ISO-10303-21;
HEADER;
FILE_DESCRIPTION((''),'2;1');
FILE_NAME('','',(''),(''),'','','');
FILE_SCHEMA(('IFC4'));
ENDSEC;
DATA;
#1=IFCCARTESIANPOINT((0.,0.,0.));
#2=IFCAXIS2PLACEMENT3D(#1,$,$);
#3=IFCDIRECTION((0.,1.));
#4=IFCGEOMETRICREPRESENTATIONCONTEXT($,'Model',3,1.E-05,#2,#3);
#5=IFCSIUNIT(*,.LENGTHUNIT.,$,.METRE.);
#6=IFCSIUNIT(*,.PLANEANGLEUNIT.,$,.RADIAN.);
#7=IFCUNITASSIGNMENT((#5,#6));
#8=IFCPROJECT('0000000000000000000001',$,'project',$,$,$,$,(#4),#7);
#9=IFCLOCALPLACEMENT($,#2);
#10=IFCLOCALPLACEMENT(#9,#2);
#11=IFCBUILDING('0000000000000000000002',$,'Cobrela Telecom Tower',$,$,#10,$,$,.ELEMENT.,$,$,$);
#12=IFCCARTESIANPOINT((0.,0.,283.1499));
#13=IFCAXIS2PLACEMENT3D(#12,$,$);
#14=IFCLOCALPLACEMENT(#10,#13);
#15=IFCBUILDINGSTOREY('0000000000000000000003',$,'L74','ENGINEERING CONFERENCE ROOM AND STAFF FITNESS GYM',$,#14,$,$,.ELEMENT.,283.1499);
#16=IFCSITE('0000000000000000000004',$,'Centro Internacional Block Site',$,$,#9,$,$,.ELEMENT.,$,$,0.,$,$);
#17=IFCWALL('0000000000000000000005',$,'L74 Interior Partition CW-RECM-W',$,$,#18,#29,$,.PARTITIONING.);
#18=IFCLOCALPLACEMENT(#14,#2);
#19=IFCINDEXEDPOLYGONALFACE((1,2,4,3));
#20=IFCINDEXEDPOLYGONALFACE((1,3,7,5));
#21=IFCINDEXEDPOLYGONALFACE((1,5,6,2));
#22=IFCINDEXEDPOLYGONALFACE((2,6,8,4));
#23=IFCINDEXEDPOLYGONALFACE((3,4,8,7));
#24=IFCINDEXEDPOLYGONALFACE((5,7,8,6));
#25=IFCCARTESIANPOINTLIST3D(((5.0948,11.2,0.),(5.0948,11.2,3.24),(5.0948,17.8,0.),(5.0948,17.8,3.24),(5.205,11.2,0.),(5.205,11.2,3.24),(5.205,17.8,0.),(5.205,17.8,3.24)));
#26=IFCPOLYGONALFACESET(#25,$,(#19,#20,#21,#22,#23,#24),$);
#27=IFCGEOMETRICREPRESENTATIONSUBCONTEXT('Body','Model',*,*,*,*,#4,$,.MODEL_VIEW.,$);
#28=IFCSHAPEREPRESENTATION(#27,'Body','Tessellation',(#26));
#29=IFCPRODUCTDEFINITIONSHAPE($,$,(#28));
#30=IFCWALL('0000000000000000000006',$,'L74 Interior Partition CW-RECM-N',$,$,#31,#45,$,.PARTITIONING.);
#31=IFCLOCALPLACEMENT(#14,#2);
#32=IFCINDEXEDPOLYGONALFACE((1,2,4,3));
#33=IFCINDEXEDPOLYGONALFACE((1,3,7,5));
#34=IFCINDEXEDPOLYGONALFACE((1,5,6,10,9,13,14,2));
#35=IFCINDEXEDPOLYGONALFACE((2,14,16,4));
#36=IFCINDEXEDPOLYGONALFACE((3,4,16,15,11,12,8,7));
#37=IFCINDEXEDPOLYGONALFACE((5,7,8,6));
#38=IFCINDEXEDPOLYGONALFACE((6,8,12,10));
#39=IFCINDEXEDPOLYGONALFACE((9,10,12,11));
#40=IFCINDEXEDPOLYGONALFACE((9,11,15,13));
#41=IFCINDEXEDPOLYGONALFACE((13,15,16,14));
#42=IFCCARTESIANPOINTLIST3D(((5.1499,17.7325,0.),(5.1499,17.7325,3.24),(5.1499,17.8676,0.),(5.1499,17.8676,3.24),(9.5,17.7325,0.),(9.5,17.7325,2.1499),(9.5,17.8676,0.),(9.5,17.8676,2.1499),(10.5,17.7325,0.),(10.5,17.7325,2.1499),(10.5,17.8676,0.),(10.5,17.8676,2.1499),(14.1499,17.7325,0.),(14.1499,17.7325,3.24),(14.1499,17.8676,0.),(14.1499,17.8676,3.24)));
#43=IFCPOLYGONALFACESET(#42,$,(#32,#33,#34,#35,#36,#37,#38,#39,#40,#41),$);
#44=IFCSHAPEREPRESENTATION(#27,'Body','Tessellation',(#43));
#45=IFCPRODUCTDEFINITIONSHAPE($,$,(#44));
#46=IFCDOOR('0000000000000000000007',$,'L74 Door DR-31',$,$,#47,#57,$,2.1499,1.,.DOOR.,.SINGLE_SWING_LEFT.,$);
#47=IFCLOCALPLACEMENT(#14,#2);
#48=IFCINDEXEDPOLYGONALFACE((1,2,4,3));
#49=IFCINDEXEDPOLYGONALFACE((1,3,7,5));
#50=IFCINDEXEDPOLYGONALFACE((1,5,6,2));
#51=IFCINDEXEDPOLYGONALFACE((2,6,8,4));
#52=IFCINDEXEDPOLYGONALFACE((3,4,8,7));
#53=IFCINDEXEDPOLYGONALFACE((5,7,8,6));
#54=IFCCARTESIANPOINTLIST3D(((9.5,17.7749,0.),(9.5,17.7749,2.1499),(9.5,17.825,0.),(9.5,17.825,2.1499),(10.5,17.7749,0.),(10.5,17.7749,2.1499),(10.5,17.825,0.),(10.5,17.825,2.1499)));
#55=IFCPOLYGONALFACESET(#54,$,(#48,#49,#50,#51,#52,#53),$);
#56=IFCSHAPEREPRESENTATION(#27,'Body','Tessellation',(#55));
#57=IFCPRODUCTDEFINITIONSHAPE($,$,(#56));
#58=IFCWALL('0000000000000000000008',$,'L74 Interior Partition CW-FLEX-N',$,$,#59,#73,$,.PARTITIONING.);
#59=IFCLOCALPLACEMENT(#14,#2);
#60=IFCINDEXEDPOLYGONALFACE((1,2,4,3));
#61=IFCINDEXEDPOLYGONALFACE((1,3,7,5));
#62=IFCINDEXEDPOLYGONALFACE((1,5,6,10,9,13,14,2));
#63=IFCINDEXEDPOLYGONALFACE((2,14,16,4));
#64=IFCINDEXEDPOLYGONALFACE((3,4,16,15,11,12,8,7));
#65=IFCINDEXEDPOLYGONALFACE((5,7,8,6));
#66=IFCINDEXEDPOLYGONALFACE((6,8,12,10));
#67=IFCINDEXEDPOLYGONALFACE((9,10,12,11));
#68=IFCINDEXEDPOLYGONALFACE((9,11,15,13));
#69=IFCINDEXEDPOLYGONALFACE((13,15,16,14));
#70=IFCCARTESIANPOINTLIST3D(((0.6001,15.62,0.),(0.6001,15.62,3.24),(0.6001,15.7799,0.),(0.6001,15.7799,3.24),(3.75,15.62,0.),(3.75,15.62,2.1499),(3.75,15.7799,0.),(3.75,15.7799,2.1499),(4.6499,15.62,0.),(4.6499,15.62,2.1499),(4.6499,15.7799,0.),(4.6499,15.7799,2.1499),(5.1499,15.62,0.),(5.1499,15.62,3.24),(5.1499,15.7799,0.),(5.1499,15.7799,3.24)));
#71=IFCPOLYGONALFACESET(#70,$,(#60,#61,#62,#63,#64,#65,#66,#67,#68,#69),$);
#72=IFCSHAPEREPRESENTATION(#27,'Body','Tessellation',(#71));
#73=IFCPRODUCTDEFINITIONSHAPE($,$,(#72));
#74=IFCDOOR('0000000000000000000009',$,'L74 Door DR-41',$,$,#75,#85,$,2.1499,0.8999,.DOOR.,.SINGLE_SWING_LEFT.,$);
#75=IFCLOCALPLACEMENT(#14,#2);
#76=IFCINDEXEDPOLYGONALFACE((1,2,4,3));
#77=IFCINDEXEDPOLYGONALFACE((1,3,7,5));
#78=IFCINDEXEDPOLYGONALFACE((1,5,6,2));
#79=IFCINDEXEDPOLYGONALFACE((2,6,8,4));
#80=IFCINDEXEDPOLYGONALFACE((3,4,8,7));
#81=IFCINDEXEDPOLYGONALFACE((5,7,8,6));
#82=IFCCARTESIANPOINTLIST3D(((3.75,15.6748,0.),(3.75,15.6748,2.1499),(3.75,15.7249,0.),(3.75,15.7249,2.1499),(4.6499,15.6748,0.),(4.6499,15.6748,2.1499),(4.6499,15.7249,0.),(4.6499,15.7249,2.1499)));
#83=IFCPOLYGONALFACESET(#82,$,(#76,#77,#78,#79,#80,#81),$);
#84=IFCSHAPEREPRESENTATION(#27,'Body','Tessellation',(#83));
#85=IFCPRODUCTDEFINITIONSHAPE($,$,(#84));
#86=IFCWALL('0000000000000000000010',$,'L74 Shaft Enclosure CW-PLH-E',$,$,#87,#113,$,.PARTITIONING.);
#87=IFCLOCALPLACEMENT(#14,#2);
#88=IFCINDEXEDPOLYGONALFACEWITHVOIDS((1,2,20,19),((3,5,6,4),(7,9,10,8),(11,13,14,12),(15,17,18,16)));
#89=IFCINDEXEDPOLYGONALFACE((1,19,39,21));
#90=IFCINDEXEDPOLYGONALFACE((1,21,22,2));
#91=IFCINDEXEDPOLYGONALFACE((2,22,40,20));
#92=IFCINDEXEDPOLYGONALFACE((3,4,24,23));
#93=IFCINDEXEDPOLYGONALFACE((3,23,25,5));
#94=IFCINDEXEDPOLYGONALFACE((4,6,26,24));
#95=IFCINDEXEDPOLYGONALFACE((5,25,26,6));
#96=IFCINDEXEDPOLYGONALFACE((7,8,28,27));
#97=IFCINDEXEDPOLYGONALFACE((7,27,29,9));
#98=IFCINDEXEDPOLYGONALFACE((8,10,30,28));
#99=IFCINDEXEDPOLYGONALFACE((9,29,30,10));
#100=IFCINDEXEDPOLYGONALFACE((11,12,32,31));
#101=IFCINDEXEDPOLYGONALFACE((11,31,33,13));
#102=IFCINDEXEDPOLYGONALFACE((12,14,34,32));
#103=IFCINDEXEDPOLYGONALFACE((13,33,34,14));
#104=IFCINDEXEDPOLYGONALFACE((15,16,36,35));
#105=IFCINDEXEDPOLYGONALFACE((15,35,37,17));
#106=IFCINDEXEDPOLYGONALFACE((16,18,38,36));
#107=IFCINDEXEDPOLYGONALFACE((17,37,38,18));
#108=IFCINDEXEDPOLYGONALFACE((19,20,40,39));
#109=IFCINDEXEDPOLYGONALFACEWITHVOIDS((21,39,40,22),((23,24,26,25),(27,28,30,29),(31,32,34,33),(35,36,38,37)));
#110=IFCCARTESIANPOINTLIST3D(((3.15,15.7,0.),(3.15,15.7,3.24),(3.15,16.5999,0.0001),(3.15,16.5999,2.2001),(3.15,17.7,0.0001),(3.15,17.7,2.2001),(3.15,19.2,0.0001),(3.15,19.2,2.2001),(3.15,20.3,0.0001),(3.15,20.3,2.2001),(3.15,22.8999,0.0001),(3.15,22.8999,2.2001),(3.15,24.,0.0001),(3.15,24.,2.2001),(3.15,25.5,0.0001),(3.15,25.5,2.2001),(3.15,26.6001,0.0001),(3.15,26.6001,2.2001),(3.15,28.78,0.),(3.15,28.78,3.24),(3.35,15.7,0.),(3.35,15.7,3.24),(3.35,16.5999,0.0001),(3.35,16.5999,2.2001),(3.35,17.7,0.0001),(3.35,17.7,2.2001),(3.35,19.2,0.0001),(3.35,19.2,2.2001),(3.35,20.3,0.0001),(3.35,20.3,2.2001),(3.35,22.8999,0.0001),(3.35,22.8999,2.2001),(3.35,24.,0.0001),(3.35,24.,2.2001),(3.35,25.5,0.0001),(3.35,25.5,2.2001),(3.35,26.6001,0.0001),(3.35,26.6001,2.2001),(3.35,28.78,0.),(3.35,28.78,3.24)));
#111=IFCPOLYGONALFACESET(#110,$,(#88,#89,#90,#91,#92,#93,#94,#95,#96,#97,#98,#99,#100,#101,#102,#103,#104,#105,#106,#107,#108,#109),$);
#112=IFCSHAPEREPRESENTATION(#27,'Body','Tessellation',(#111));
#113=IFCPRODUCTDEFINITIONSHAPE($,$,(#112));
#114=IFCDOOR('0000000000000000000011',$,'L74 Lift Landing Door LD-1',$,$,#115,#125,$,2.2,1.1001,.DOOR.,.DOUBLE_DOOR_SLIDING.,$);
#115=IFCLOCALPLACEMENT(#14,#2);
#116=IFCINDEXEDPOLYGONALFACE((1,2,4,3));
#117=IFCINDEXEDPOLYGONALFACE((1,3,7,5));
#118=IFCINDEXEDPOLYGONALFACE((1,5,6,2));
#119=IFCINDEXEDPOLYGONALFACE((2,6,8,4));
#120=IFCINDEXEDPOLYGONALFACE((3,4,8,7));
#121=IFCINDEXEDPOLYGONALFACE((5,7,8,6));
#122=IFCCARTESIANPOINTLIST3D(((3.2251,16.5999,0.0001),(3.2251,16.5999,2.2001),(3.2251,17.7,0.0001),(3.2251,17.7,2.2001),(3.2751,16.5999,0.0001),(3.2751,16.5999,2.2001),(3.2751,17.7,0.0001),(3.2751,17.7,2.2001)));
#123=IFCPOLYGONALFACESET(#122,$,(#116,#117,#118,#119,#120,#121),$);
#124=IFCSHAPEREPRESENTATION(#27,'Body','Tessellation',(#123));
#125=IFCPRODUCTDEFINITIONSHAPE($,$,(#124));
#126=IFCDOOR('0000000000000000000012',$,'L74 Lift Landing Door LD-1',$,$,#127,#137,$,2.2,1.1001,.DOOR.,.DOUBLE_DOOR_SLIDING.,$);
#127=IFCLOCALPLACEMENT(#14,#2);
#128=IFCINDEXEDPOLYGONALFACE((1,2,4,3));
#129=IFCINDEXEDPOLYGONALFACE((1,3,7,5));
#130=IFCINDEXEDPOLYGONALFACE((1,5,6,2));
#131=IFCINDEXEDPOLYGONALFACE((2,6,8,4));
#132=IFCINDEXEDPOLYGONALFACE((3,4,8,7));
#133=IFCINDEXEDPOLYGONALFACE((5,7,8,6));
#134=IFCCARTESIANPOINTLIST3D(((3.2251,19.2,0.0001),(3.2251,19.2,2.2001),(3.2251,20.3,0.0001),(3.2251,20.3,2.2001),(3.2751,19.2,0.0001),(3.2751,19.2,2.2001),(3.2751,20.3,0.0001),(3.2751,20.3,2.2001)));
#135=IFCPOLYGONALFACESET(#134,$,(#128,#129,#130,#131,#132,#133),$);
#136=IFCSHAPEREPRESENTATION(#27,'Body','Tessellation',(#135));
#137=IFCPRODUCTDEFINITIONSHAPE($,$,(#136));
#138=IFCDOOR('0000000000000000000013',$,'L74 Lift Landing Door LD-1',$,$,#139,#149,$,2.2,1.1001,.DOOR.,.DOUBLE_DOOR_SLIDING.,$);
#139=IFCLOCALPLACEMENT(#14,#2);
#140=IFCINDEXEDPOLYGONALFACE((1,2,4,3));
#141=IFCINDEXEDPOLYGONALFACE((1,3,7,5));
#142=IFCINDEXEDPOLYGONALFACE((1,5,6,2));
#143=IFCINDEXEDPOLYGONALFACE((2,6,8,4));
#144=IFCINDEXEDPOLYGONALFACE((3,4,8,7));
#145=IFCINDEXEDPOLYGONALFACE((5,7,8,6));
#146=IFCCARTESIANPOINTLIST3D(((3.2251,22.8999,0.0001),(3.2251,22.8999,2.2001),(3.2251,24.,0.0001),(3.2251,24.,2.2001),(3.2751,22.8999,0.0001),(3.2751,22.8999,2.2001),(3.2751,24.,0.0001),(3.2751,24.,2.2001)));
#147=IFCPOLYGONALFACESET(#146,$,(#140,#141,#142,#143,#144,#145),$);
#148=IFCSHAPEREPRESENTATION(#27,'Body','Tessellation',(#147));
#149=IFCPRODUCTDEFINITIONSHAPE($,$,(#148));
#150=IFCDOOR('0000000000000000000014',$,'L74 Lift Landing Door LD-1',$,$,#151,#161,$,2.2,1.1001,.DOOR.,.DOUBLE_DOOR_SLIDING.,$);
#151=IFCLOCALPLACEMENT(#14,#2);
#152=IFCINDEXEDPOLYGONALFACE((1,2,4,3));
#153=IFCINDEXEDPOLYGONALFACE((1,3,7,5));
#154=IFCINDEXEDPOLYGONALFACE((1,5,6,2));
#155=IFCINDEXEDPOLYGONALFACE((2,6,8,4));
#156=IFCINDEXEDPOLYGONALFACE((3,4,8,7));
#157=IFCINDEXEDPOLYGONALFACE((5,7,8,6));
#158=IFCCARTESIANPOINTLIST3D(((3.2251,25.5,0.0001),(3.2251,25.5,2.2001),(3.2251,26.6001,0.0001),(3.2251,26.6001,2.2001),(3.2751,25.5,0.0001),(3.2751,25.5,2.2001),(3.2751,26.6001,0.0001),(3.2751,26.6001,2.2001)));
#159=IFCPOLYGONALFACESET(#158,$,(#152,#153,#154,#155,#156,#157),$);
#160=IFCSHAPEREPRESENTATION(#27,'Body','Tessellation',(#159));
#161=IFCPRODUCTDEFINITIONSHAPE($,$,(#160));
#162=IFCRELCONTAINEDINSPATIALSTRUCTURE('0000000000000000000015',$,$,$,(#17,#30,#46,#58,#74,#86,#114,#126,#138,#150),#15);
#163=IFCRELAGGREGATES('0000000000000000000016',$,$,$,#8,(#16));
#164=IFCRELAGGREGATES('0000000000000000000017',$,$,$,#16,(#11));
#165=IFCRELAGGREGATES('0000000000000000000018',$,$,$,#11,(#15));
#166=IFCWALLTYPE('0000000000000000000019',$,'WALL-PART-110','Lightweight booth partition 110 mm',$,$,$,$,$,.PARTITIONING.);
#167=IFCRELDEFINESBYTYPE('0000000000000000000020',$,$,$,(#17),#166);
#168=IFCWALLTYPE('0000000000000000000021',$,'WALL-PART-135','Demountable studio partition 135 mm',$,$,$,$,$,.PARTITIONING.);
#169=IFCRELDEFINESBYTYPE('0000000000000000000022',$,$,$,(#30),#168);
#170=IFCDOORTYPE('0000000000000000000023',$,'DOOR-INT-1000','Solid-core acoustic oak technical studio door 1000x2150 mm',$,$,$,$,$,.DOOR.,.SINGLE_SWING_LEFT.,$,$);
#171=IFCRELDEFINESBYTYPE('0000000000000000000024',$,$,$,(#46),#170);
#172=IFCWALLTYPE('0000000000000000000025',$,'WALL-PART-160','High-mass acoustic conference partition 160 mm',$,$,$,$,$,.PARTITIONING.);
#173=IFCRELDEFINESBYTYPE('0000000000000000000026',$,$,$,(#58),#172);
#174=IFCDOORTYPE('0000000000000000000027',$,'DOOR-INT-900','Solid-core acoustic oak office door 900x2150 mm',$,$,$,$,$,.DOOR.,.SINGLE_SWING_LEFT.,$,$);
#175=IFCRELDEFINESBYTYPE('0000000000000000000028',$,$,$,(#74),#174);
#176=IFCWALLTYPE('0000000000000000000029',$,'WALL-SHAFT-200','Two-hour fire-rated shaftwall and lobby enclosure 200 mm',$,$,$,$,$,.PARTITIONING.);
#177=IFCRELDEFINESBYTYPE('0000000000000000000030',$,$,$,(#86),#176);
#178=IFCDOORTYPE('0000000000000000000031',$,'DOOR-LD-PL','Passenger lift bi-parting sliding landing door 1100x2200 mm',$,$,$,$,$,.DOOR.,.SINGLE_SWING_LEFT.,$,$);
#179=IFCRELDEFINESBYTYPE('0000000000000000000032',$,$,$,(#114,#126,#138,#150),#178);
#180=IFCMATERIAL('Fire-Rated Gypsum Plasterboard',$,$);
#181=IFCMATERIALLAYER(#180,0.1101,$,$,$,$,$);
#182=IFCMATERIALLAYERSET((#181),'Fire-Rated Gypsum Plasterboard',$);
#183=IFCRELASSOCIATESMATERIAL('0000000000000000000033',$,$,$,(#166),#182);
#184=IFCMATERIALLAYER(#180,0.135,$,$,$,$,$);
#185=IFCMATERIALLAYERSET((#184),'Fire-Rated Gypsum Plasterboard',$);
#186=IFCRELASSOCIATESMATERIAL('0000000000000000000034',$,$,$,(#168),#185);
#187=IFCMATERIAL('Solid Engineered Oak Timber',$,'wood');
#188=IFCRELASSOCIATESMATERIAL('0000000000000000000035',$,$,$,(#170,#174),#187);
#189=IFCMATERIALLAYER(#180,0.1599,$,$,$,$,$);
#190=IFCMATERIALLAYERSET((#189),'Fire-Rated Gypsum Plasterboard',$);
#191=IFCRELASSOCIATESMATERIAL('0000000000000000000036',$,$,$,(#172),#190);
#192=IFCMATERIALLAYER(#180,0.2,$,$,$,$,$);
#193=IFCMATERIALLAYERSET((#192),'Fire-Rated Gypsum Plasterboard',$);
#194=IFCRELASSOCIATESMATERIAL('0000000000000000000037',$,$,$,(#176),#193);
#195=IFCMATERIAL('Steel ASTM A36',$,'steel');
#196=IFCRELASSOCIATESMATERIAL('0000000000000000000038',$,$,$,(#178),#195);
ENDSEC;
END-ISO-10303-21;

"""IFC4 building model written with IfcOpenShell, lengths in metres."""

from ifc_helpers import new_model, si_unit, direction, frame, frame_2d, origin, place, context, subcontext, project, spatial, rectangle, extrude, material, layer, layer_set, type_object, element, fill, save


model = new_model("IFC4")

# Units and contexts
model_context = context("Model", 3, precision=1e-05, world=origin(), true_north=direction((0.0, 1.0)))
body_context = subcontext(model_context, "Body", "Model", "MODEL_VIEW")
ifc_project = project(units=[si_unit("LENGTHUNIT", "METRE"), si_unit("PLANEANGLEUNIT", "RADIAN")], contexts=[model_context])

# Site, building, storey
site_placement = place(None, origin())
site = spatial("IfcSite", under=ifc_project, at=site_placement, Name="Centro Internacional Block Site", CompositionType="ELEMENT", RefElevation=0.0)
building_placement = place(site_placement, origin())
building = spatial("IfcBuilding", under=site, at=building_placement, Name="Cobrela Telecom Tower", CompositionType="ELEMENT")
storey_placement = place(building_placement, frame((0.0, 0.0, 283.1499)))
storey = spatial("IfcBuildingStorey", under=building, at=storey_placement, Name="L74", Description="ENGINEERING CONFERENCE ROOM AND STAFF FITNESS GYM", CompositionType="ELEMENT", Elevation=283.1499)

# Wall
ifc_material_1 = material(Name="Fire-Rated Gypsum Plasterboard")
ifc_layer_1 = layer(ifc_material_1, 0.1101)
ifc_layer_set_1 = layer_set([ifc_layer_1], Name="Fire-Rated Gypsum Plasterboard")
wall_type_1 = type_object("IfcWallType", Name="WALL-PART-110", Description="Lightweight booth partition 110 mm", PredefinedType="PARTITIONING", material=ifc_layer_set_1)
wall_1_placement = place(storey_placement, frame((5.1499, 11.2, 0.0), z_axis=(0.0, 0.0, 1.0), x_axis=(0.0, 1.0, 0.0)))
element("IfcWall", 1, at=wall_1_placement, inside=storey, type_object=wall_type_1, Name="L74 Interior Partition CW-RECM-W", PredefinedType="PARTITIONING", context=body_context, shape_type="SweptSolid", body=[
    extrude(rectangle(XDim=6.6001, YDim=0.1101, at=frame_2d((3.3, 0.0))), origin(), (0.0, 0.0, 1.0), 3.24),
])

# Walls, openings, doors
ifc_layer_2 = layer(ifc_material_1, 0.135)
ifc_layer_set_2 = layer_set([ifc_layer_2], Name="Fire-Rated Gypsum Plasterboard")
wall_type_2 = type_object("IfcWallType", Name="WALL-PART-135", Description="Demountable studio partition 135 mm", PredefinedType="PARTITIONING", material=ifc_layer_set_2)
wall_2_placement = place(storey_placement, frame((5.1499, 17.8, 0.0), z_axis=(0.0, 0.0, 1.0), x_axis=(1.0, 0.0, 0.0)))
wall_2 = element("IfcWall", 2, at=wall_2_placement, inside=storey, type_object=wall_type_2, Name="L74 Interior Partition CW-RECM-N", PredefinedType="PARTITIONING", context=body_context, shape_type="SweptSolid", body=[
    extrude(rectangle(XDim=9.0, YDim=0.135, at=frame_2d((4.5, 0.0))), origin(), (0.0, 0.0, 1.0), 3.24),
])
opening_1_placement = place(wall_2_placement, frame((4.3501, 0.0, 0.0)))
opening_1 = element("IfcOpeningElement", 3, at=opening_1_placement, cuts=wall_2, PredefinedType="OPENING", context=body_context, shape_type="SweptSolid", body=[
    extrude(rectangle(XDim=1.0, YDim=2.1499, at=frame_2d((0.5, 1.075))), frame((0.0, 0.0796, 0.0), z_axis=(0.0, -1.0, 0.0), x_axis=(1.0, 0.0, 0.0)), (0.0, 0.0, 1.0), 0.1589),
])
ifc_material_2 = material(Name="Solid Engineered Oak Timber", Category="wood")
door_type_1 = type_object("IfcDoorType", Name="DOOR-INT-1000", Description="Solid-core acoustic oak technical studio door 1000x2150 mm", OperationType="SINGLE_SWING_LEFT", PredefinedType="DOOR", material=ifc_material_2)
door_1_placement = place(opening_1_placement, origin())
door_1 = element("IfcDoor", 4, at=door_1_placement, inside=storey, type_object=door_type_1, Name="L74 Door DR-31", OperationType="SINGLE_SWING_LEFT", OverallHeight=2.1499, OverallWidth=1.0, PredefinedType="DOOR", context=body_context, shape_type="SweptSolid", body=[
    extrude(rectangle(XDim=1.0, YDim=2.1499, at=frame_2d((0.5, 1.075))), frame((0.0, 0.0249, 0.0), z_axis=(0.0, -1.0, 0.0), x_axis=(1.0, 0.0, 0.0)), (0.0, 0.0, 1.0), 0.05),
])
fill(opening_1, door_1)
ifc_layer_3 = layer(ifc_material_1, 0.1599)
ifc_layer_set_3 = layer_set([ifc_layer_3], Name="Fire-Rated Gypsum Plasterboard")
wall_type_3 = type_object("IfcWallType", Name="WALL-PART-160", Description="High-mass acoustic conference partition 160 mm", PredefinedType="PARTITIONING", material=ifc_layer_set_3)
wall_3_placement = place(storey_placement, frame((0.6001, 15.7, 0.0), z_axis=(0.0, 0.0, 1.0), x_axis=(1.0, 0.0, 0.0)))
wall_3 = element("IfcWall", 5, at=wall_3_placement, inside=storey, type_object=wall_type_3, Name="L74 Interior Partition CW-FLEX-N", PredefinedType="PARTITIONING", context=body_context, shape_type="SweptSolid", body=[
    extrude(rectangle(XDim=4.5498, YDim=0.1599, at=frame_2d((2.2749, 0.0))), origin(), (0.0, 0.0, 1.0), 3.24),
])
opening_2_placement = place(wall_3_placement, frame((3.1499, 0.0, 0.0)))
opening_2 = element("IfcOpeningElement", 6, at=opening_2_placement, cuts=wall_3, PredefinedType="OPENING", context=body_context, shape_type="SweptSolid", body=[
    extrude(rectangle(XDim=0.8999, YDim=2.1499, at=frame_2d((0.45, 1.075))), frame((0.0, 0.0918, 0.0), z_axis=(0.0, -1.0, 0.0), x_axis=(1.0, 0.0, 0.0)), (0.0, 0.0, 1.0), 0.1838),
])
door_type_2 = type_object("IfcDoorType", Name="DOOR-INT-900", Description="Solid-core acoustic oak office door 900x2150 mm", OperationType="SINGLE_SWING_LEFT", PredefinedType="DOOR", material=ifc_material_2)
door_2_placement = place(opening_2_placement, origin())
door_2 = element("IfcDoor", 7, at=door_2_placement, inside=storey, type_object=door_type_2, Name="L74 Door DR-41", OperationType="SINGLE_SWING_LEFT", OverallHeight=2.1499, OverallWidth=0.8999, PredefinedType="DOOR", context=body_context, shape_type="SweptSolid", body=[
    extrude(rectangle(XDim=0.8999, YDim=2.1499, at=frame_2d((0.45, 1.075))), frame((0.0, 0.0249, 0.0), z_axis=(0.0, -1.0, 0.0), x_axis=(1.0, 0.0, 0.0)), (0.0, 0.0, 1.0), 0.05),
])
fill(opening_2, door_2)

# Wall, openings, doors
ifc_layer_4 = layer(ifc_material_1, 0.2)
ifc_layer_set_4 = layer_set([ifc_layer_4], Name="Fire-Rated Gypsum Plasterboard")
wall_type_4 = type_object("IfcWallType", Name="WALL-SHAFT-200", Description="Two-hour fire-rated shaftwall and lobby enclosure 200 mm", PredefinedType="PARTITIONING", material=ifc_layer_set_4)
wall_4_placement = place(storey_placement, frame((3.25, 15.7, 0.0), z_axis=(0.0, 0.0, 1.0), x_axis=(0.0, 1.0, 0.0)))
wall_4 = element("IfcWall", 8, at=wall_4_placement, inside=storey, type_object=wall_type_4, Name="L74 Shaft Enclosure CW-PLH-E", PredefinedType="PARTITIONING", context=body_context, shape_type="SweptSolid", body=[
    extrude(rectangle(XDim=13.0801, YDim=0.2, at=frame_2d((6.54, 0.0))), origin(), (0.0, 0.0, 1.0), 3.24),
])
opening_3_placement = place(wall_4_placement, frame((0.8999, 0.0, 0.0)))
opening_3 = element("IfcOpeningElement", 9, at=opening_3_placement, cuts=wall_4, PredefinedType="OPENING", context=body_context, shape_type="SweptSolid", body=[
    extrude(rectangle(XDim=1.1001, YDim=2.2, at=frame_2d((0.55, 1.1001))), frame((0.0, 0.1118, 0.0), z_axis=(0.0, -1.0, 0.0), x_axis=(1.0, 0.0, 0.0)), (0.0, 0.0, 1.0), 0.2239),
])
opening_4_placement = place(wall_4_placement, frame((3.5, 0.0, 0.0)))
opening_4 = element("IfcOpeningElement", 10, at=opening_4_placement, cuts=wall_4, PredefinedType="OPENING", context=body_context, shape_type="SweptSolid", body=[
    extrude(rectangle(XDim=1.1001, YDim=2.2, at=frame_2d((0.55, 1.1001))), frame((0.0, 0.1118, 0.0), z_axis=(0.0, -1.0, 0.0), x_axis=(1.0, 0.0, 0.0)), (0.0, 0.0, 1.0), 0.2239),
])
opening_5_placement = place(wall_4_placement, frame((7.2, 0.0, 0.0)))
opening_5 = element("IfcOpeningElement", 11, at=opening_5_placement, cuts=wall_4, PredefinedType="OPENING", context=body_context, shape_type="SweptSolid", body=[
    extrude(rectangle(XDim=1.1001, YDim=2.2, at=frame_2d((0.55, 1.1001))), frame((0.0, 0.1118, 0.0), z_axis=(0.0, -1.0, 0.0), x_axis=(1.0, 0.0, 0.0)), (0.0, 0.0, 1.0), 0.2239),
])
opening_6_placement = place(wall_4_placement, frame((9.8, 0.0, 0.0)))
opening_6 = element("IfcOpeningElement", 12, at=opening_6_placement, cuts=wall_4, PredefinedType="OPENING", context=body_context, shape_type="SweptSolid", body=[
    extrude(rectangle(XDim=1.1001, YDim=2.2, at=frame_2d((0.55, 1.1001))), frame((0.0, 0.1118, 0.0), z_axis=(0.0, -1.0, 0.0), x_axis=(1.0, 0.0, 0.0)), (0.0, 0.0, 1.0), 0.2239),
])
ifc_material_3 = material(Name="Steel ASTM A36", Category="steel")
door_type_3 = type_object("IfcDoorType", Name="DOOR-LD-PL", Description="Passenger lift bi-parting sliding landing door 1100x2200 mm", OperationType="SINGLE_SWING_LEFT", PredefinedType="DOOR", material=ifc_material_3)
door_3_placement = place(opening_3_placement, origin())
door_3 = element("IfcDoor", 13, at=door_3_placement, inside=storey, type_object=door_type_3, Name="L74 Lift Landing Door LD-1", OperationType="DOUBLE_DOOR_SLIDING", OverallHeight=2.2, OverallWidth=1.1001, PredefinedType="DOOR", context=body_context, shape_type="SweptSolid", body=[
    extrude(rectangle(XDim=1.1001, YDim=2.2, at=frame_2d((0.55, 1.1001))), frame((0.0, 0.0249, 0.0), z_axis=(0.0, -1.0, 0.0), x_axis=(1.0, 0.0, 0.0)), (0.0, 0.0, 1.0), 0.05),
])
fill(opening_3, door_3)
door_4_placement = place(opening_4_placement, origin())
door_4 = element("IfcDoor", 14, at=door_4_placement, inside=storey, type_object=door_type_3, Name="L74 Lift Landing Door LD-1", OperationType="DOUBLE_DOOR_SLIDING", OverallHeight=2.2, OverallWidth=1.1001, PredefinedType="DOOR", context=body_context, shape_type="SweptSolid", body=[
    extrude(rectangle(XDim=1.1001, YDim=2.2, at=frame_2d((0.55, 1.1001))), frame((0.0, 0.0249, 0.0), z_axis=(0.0, -1.0, 0.0), x_axis=(1.0, 0.0, 0.0)), (0.0, 0.0, 1.0), 0.05),
])
fill(opening_4, door_4)
door_5_placement = place(opening_5_placement, origin())
door_5 = element("IfcDoor", 15, at=door_5_placement, inside=storey, type_object=door_type_3, Name="L74 Lift Landing Door LD-1", OperationType="DOUBLE_DOOR_SLIDING", OverallHeight=2.2, OverallWidth=1.1001, PredefinedType="DOOR", context=body_context, shape_type="SweptSolid", body=[
    extrude(rectangle(XDim=1.1001, YDim=2.2, at=frame_2d((0.55, 1.1001))), frame((0.0, 0.0249, 0.0), z_axis=(0.0, -1.0, 0.0), x_axis=(1.0, 0.0, 0.0)), (0.0, 0.0, 1.0), 0.05),
])
fill(opening_5, door_5)
door_6_placement = place(opening_6_placement, origin())
door_6 = element("IfcDoor", 16, at=door_6_placement, inside=storey, type_object=door_type_3, Name="L74 Lift Landing Door LD-1", OperationType="DOUBLE_DOOR_SLIDING", OverallHeight=2.2, OverallWidth=1.1001, PredefinedType="DOOR", context=body_context, shape_type="SweptSolid", body=[
    extrude(rectangle(XDim=1.1001, YDim=2.2, at=frame_2d((0.55, 1.1001))), frame((0.0, 0.0249, 0.0), z_axis=(0.0, -1.0, 0.0), x_axis=(1.0, 0.0, 0.0)), (0.0, 0.0, 1.0), 0.05),
])
fill(opening_6, door_6)

save(model, "model.ifc")
